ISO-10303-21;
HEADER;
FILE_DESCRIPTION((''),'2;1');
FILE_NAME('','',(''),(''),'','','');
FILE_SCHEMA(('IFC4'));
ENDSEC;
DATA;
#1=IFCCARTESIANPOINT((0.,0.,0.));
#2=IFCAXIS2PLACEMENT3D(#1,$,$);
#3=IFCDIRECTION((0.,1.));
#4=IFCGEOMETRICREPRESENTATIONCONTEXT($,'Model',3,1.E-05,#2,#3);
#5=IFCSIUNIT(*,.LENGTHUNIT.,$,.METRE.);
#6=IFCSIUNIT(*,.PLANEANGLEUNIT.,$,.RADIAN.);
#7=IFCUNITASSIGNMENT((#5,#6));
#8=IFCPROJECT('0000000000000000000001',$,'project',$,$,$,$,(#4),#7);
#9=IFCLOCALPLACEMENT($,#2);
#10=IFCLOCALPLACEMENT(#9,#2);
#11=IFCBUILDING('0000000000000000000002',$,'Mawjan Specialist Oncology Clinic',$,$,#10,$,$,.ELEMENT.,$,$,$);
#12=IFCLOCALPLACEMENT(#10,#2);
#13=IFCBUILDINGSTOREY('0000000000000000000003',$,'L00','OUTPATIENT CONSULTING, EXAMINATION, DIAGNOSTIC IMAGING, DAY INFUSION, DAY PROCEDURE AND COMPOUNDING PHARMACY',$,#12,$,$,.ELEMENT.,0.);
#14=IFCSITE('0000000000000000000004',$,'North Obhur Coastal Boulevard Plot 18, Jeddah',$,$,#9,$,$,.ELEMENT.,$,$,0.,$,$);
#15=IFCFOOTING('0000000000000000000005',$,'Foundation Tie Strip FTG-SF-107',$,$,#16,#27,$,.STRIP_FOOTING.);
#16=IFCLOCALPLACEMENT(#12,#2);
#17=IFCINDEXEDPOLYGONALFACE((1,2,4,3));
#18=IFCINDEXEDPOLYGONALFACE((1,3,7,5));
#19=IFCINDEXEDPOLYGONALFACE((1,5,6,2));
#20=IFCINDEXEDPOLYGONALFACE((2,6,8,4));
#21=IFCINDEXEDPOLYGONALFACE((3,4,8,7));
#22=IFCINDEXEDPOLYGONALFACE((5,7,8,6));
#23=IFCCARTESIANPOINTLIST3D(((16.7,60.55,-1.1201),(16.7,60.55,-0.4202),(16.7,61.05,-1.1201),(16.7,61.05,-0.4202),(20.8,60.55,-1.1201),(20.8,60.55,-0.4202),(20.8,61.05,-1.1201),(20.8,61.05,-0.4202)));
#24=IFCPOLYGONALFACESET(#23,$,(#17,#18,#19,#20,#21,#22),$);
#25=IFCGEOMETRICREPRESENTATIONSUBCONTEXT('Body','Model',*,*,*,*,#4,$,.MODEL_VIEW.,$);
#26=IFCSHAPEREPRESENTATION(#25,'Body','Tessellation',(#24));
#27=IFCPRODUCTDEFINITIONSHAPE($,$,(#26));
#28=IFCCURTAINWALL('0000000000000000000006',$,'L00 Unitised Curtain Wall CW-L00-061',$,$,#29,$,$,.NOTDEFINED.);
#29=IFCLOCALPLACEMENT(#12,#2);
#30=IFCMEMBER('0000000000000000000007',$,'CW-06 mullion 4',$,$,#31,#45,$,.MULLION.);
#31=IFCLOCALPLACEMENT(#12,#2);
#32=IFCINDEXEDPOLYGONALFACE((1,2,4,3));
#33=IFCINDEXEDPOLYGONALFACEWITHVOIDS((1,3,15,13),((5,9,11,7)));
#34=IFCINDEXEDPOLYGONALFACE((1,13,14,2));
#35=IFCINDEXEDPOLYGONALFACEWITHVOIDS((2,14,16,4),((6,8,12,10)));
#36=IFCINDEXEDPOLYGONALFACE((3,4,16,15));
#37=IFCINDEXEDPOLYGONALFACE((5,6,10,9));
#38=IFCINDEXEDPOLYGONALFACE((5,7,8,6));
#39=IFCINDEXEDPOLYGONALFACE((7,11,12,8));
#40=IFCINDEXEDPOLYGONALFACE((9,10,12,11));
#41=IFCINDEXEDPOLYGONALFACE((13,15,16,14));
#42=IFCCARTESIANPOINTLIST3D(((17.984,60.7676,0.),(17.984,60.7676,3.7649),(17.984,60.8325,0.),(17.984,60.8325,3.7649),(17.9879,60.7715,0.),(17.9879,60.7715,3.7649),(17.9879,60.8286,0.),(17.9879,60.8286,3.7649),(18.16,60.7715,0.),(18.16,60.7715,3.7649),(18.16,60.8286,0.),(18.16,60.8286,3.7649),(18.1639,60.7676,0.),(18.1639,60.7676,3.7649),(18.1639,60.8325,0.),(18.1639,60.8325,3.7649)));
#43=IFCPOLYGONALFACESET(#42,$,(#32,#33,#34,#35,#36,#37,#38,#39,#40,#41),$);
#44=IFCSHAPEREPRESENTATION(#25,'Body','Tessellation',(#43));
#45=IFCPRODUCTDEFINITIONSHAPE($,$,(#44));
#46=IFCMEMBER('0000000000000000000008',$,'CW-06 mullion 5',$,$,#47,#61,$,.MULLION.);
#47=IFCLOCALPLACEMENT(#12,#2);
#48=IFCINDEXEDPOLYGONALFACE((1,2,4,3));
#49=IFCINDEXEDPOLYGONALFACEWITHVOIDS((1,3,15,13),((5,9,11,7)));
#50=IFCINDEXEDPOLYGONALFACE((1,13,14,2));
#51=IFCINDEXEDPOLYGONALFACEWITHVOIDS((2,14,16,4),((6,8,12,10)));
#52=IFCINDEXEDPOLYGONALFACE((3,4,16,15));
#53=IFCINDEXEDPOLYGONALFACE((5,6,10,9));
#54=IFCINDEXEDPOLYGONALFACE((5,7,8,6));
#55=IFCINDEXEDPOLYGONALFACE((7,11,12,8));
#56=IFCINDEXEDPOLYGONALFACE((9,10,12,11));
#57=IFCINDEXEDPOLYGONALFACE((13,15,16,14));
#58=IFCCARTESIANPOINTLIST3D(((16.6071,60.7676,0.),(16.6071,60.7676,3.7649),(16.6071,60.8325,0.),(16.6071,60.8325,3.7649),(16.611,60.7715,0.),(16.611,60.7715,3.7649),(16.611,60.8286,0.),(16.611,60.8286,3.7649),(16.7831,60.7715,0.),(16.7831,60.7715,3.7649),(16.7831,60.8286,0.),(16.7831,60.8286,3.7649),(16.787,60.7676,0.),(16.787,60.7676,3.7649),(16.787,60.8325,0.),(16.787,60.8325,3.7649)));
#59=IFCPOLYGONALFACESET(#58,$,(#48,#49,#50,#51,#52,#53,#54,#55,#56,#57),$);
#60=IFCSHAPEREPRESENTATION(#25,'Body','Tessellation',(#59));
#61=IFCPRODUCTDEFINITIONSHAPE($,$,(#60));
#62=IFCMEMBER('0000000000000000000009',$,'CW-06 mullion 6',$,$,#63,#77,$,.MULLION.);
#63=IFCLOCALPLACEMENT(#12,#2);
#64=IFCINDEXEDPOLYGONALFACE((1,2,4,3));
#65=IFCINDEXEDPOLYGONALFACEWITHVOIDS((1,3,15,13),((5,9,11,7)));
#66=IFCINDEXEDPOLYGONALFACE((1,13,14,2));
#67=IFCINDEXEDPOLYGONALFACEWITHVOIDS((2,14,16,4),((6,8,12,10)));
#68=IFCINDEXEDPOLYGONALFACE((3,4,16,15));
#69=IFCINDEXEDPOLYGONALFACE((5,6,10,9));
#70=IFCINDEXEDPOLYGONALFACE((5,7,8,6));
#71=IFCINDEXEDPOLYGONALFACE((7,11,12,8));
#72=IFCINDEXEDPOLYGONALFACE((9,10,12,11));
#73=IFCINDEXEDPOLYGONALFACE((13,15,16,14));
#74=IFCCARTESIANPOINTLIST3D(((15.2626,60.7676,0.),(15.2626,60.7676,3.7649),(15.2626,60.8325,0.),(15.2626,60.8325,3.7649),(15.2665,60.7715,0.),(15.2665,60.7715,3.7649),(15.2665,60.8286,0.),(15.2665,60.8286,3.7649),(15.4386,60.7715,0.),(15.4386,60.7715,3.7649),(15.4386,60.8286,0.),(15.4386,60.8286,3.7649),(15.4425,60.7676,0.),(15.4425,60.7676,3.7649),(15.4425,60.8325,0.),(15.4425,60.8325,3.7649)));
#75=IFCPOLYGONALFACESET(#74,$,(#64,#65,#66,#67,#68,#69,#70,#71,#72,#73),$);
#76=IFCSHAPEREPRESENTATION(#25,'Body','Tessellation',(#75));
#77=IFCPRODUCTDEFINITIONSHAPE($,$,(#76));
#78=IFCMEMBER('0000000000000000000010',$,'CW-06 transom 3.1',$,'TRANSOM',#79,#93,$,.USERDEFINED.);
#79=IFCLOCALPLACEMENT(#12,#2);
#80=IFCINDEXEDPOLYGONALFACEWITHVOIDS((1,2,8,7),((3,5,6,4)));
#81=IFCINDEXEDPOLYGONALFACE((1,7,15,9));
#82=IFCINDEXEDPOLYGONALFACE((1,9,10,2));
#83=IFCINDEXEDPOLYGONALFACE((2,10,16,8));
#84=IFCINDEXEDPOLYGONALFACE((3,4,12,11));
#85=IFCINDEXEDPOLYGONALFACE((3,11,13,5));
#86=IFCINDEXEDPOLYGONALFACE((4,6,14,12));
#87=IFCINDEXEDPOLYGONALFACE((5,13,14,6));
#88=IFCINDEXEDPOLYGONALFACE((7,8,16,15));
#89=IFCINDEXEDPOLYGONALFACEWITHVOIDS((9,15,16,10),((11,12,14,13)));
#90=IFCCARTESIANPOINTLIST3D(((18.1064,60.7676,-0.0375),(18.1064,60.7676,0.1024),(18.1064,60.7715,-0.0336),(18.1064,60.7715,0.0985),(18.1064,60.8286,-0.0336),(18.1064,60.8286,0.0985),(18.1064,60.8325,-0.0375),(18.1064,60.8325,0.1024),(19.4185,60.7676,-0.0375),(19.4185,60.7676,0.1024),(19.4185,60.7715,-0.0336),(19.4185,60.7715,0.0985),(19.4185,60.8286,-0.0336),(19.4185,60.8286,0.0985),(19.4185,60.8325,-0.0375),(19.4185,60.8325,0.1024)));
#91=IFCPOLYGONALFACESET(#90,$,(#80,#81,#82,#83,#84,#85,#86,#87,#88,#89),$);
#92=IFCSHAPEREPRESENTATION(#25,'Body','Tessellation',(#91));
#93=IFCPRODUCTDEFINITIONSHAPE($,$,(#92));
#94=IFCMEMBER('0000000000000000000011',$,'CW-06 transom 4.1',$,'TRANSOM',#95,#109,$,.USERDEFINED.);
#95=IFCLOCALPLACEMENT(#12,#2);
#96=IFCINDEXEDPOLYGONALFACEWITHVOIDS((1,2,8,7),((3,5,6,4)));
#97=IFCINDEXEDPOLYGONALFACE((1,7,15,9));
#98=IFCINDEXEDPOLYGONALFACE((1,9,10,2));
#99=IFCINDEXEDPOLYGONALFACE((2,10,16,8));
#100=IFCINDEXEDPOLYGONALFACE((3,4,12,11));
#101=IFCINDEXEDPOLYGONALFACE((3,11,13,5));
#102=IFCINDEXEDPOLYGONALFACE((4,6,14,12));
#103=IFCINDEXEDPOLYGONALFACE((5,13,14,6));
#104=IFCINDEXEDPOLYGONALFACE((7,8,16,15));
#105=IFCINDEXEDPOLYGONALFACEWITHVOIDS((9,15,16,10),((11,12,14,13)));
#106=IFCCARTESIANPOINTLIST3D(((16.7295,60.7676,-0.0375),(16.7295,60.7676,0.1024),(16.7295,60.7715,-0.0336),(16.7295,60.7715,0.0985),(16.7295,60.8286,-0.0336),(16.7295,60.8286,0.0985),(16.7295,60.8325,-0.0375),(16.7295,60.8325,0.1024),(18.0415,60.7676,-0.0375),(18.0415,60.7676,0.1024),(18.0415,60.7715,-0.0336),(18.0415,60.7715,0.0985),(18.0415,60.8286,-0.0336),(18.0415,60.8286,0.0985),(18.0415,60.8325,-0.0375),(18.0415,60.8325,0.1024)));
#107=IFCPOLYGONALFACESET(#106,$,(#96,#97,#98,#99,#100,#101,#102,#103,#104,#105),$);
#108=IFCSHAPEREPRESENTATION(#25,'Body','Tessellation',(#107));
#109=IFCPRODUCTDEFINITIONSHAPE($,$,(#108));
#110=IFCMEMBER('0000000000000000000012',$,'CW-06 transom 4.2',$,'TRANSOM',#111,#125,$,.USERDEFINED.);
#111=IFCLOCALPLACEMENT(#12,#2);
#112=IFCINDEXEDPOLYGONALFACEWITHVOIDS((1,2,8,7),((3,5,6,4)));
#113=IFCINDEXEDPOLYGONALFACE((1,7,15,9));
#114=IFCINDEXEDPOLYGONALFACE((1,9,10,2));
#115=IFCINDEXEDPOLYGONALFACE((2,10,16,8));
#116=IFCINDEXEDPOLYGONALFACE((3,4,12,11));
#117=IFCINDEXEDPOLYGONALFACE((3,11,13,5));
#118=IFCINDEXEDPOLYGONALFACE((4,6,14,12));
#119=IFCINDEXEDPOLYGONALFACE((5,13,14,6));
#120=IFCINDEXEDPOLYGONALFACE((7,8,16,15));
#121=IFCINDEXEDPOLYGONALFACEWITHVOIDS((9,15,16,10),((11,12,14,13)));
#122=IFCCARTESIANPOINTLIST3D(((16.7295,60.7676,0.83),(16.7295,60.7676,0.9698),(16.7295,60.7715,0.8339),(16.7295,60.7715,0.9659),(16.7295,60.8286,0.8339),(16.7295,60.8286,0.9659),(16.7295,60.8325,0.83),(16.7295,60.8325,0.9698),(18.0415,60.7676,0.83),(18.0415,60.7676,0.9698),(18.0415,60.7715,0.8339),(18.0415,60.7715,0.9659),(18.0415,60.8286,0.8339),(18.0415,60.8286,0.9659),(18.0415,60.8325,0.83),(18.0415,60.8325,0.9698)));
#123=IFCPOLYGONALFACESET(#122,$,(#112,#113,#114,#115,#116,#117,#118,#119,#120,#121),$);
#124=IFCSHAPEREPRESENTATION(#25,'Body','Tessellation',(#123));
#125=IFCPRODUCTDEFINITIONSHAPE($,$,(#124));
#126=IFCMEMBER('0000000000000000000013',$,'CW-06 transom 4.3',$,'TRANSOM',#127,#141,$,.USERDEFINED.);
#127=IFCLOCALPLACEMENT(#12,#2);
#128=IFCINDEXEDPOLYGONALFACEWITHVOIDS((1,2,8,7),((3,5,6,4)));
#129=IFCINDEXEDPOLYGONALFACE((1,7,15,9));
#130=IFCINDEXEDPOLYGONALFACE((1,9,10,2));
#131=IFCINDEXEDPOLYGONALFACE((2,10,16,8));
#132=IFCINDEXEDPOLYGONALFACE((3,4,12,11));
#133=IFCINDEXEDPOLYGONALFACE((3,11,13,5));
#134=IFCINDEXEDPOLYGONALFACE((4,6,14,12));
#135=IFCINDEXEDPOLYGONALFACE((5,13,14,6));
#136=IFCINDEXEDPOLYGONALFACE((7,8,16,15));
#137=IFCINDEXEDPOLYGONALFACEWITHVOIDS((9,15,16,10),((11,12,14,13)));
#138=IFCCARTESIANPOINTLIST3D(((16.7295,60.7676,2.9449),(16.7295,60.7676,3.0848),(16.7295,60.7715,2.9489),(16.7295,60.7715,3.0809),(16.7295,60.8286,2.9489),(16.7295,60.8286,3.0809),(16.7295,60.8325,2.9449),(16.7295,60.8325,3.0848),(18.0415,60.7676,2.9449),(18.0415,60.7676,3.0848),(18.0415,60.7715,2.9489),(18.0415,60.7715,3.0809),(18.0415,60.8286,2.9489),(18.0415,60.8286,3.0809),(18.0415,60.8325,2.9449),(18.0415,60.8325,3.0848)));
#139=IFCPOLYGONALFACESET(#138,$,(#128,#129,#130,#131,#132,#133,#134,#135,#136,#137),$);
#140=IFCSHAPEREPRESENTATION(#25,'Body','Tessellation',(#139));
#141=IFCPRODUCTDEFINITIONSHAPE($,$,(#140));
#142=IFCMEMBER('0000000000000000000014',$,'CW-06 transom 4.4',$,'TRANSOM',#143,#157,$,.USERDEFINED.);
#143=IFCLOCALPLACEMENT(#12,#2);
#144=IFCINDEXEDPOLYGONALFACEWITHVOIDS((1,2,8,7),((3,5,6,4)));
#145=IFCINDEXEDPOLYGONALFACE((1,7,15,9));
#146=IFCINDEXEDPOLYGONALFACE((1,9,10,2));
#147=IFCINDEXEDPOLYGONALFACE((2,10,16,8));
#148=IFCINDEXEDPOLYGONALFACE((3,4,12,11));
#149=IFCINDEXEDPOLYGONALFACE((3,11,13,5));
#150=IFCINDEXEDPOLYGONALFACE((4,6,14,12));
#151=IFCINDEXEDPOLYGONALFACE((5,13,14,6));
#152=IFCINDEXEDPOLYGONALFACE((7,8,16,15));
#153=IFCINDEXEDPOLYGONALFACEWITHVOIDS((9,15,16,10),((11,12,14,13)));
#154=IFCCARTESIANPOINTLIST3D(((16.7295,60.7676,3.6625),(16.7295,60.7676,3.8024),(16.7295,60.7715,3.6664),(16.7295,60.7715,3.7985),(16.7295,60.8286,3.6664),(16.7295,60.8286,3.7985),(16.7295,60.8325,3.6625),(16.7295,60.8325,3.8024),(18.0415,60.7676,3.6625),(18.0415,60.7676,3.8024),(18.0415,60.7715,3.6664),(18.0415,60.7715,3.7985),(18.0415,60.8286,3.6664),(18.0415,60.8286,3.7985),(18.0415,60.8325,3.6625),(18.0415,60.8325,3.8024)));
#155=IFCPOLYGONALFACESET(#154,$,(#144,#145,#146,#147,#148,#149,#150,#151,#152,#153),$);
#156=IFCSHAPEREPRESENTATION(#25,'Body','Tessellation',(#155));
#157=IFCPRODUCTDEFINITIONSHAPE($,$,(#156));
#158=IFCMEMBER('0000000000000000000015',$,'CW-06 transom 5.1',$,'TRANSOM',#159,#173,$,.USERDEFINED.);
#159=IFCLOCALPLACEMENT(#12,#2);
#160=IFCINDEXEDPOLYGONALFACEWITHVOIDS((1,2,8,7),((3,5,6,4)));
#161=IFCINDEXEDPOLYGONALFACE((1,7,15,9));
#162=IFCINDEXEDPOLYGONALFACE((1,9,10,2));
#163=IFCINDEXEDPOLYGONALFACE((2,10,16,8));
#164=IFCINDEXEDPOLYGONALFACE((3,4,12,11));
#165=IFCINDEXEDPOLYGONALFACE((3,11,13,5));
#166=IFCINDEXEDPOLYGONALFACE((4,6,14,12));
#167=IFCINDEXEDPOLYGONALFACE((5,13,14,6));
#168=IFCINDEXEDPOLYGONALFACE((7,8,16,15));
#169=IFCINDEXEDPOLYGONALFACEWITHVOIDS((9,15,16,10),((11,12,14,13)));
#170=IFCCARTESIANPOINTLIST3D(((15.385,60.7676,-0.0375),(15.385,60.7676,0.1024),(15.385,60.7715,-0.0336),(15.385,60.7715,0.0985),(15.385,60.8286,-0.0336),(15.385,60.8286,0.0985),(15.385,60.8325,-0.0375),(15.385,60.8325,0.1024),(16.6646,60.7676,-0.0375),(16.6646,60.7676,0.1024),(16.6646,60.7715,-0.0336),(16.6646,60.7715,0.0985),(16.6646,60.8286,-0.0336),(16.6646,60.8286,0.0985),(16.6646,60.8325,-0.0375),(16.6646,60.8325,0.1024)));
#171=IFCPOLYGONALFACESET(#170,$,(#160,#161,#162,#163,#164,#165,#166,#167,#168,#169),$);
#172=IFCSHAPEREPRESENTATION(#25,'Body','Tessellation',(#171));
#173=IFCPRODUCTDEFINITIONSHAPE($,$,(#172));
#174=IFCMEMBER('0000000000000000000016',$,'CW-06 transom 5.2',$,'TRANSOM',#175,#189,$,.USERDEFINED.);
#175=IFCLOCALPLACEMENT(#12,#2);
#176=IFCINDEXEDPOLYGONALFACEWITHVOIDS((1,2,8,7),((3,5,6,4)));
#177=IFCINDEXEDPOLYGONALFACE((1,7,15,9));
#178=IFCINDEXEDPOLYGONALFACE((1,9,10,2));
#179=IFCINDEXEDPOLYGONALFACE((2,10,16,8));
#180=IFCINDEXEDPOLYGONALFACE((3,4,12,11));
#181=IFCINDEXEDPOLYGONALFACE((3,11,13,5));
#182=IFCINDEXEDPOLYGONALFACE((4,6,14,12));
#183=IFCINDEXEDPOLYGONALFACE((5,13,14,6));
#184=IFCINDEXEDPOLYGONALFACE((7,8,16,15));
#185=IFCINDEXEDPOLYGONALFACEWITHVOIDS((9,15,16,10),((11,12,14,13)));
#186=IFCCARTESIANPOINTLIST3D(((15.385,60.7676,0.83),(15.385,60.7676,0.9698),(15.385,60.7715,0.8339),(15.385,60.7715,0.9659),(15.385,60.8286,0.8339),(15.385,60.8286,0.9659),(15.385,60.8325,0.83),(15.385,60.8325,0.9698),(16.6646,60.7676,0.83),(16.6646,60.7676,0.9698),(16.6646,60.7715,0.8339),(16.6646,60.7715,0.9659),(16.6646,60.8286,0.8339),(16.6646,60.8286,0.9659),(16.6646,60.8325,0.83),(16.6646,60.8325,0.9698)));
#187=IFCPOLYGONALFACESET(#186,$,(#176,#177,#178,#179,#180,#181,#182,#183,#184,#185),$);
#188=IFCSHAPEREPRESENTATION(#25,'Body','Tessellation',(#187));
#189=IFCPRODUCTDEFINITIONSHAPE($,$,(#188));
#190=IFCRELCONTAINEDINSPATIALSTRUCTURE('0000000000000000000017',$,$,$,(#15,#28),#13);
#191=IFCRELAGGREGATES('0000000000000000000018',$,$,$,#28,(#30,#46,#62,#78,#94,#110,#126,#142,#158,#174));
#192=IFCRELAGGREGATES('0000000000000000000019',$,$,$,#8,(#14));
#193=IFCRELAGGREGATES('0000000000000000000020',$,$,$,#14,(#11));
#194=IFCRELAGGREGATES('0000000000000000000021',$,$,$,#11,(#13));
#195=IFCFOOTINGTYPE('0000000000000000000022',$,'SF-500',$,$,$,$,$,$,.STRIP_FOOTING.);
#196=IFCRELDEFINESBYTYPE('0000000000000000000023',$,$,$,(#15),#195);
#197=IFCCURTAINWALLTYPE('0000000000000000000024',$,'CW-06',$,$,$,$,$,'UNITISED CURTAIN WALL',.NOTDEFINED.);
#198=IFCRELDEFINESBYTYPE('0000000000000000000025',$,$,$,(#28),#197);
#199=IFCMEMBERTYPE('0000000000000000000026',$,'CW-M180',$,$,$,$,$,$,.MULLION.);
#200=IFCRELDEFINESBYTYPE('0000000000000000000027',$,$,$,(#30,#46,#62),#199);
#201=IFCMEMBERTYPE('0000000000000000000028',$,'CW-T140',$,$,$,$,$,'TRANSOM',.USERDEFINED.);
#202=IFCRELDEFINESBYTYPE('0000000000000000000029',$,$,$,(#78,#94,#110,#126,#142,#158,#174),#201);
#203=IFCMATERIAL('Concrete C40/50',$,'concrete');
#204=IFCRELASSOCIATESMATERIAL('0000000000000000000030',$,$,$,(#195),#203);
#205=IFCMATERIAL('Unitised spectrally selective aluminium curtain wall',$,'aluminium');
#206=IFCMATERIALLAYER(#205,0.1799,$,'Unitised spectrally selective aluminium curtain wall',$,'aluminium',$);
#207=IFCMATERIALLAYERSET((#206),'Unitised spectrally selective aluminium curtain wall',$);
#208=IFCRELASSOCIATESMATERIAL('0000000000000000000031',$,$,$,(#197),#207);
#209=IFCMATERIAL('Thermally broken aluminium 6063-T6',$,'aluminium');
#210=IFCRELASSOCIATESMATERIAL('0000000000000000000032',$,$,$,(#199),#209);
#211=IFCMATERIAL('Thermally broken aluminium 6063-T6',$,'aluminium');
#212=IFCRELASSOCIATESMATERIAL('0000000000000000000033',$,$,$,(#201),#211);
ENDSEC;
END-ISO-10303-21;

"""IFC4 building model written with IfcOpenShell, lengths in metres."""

from ifc_helpers import new_model, si_unit, direction, frame, origin, origin_2d, place, context, subcontext, project, spatial, rectangle, hollow_rectangle, extrude, material, layer, layer_set, material_profile, profile_set, type_object, element, aggregate, save


model = new_model("IFC4")

# Units and contexts
model_context = context("Model", 3, precision=1e-05, world=origin(), true_north=direction((0.0, 1.0)))
body_context = subcontext(model_context, "Body", "Model", "MODEL_VIEW")
ifc_project = project(units=[si_unit("LENGTHUNIT", "METRE"), si_unit("PLANEANGLEUNIT", "RADIAN")], contexts=[model_context])

# Site, building, storey
site_placement = place(None, origin())
site = spatial("IfcSite", under=ifc_project, at=site_placement, Name="North Obhur Coastal Boulevard Plot 18, Jeddah", CompositionType="ELEMENT", RefElevation=0.0)
building_placement = place(site_placement, origin())
building = spatial("IfcBuilding", under=site, at=building_placement, Name="Mawjan Specialist Oncology Clinic", CompositionType="ELEMENT")
storey_placement = place(building_placement, origin())
storey = spatial("IfcBuildingStorey", under=building, at=storey_placement, Name="L00", Description="OUTPATIENT CONSULTING, EXAMINATION, DIAGNOSTIC IMAGING, DAY INFUSION, DAY PROCEDURE AND COMPOUNDING PHARMACY", CompositionType="ELEMENT", Elevation=0.0)

# Footing
ifc_material_1 = material(Name="Concrete C40/50", Category="concrete")
footing_type = type_object("IfcFootingType", Name="SF-500", PredefinedType="STRIP_FOOTING", material=ifc_material_1)
footing_placement = place(storey_placement, frame((18.75, 60.8, -1.1201), z_axis=(0.0, 0.0, 1.0), x_axis=(1.0, 0.0, 0.0)))
element("IfcFooting", 1, at=footing_placement, inside=storey, type_object=footing_type, Name="Foundation Tie Strip FTG-SF-107", PredefinedType="STRIP_FOOTING", context=body_context, shape_type="SweptSolid", body=[
    extrude(rectangle(XDim=4.1001, YDim=0.5, at=origin_2d()), origin(), (0.0, 0.0, 1.0), 0.7),
])

# Curtain wall, members
ifc_material_2 = material(Name="Unitised spectrally selective aluminium curtain wall", Category="aluminium")
ifc_layer_1 = layer(ifc_material_2, 0.1799, Name="Unitised spectrally selective aluminium curtain wall", Category="aluminium")
ifc_layer_set_1 = layer_set([ifc_layer_1], Name="Unitised spectrally selective aluminium curtain wall")
curtain_wall_type = type_object("IfcCurtainWallType", Name="CW-06", ElementType="UNITISED CURTAIN WALL", PredefinedType="NOTDEFINED", material=ifc_layer_set_1)
curtain_wall_placement = place(storey_placement, origin())
curtain_wall = element("IfcCurtainWall", 2, at=curtain_wall_placement, inside=storey, type_object=curtain_wall_type, Name="L00 Unitised Curtain Wall CW-L00-061", PredefinedType="NOTDEFINED")
ifc_material_3 = material(Name="Thermally broken aluminium 6063-T6", Category="aluminium")
ifc_material_profile_1 = material_profile(ifc_material_3, hollow_rectangle(XDim=0.0649, YDim=0.1799, WallThickness=0.0039, at=origin_2d()), Name="ALU MULLION 180x65x4", Category="aluminium")
ifc_profile_set_1 = profile_set([ifc_material_profile_1], Name="Thermally broken aluminium 6063-T6")
member_type_1 = type_object("IfcMemberType", Name="CW-M180", PredefinedType="MULLION", material=ifc_profile_set_1)
member_1_placement = place(storey_placement, frame((18.074, 60.8, 0.0), z_axis=(0.0, 0.0, 1.0), x_axis=(0.0, -1.0, 0.0)))
member_1 = element("IfcMember", 3, at=member_1_placement, type_object=member_type_1, Name="CW-06 mullion 4", PredefinedType="MULLION", context=body_context, shape_type="SweptSolid", body=[
    extrude(hollow_rectangle(XDim=0.0649, YDim=0.1799, WallThickness=0.0039, at=origin_2d()), origin(), (0.0, 0.0, 1.0), 3.7649),
])
member_2_placement = place(storey_placement, frame((16.697, 60.8, 0.0), z_axis=(0.0, 0.0, 1.0), x_axis=(0.0, -1.0, 0.0)))
member_2 = element("IfcMember", 4, at=member_2_placement, type_object=member_type_1, Name="CW-06 mullion 5", PredefinedType="MULLION", context=body_context, shape_type="SweptSolid", body=[
    extrude(hollow_rectangle(XDim=0.0649, YDim=0.1799, WallThickness=0.0039, at=origin_2d()), origin(), (0.0, 0.0, 1.0), 3.7649),
])
member_3_placement = place(storey_placement, frame((15.3525, 60.8, 0.0), z_axis=(0.0, 0.0, 1.0), x_axis=(0.0, -1.0, 0.0)))
member_3 = element("IfcMember", 5, at=member_3_placement, type_object=member_type_1, Name="CW-06 mullion 6", PredefinedType="MULLION", context=body_context, shape_type="SweptSolid", body=[
    extrude(hollow_rectangle(XDim=0.0649, YDim=0.1799, WallThickness=0.0039, at=origin_2d()), origin(), (0.0, 0.0, 1.0), 3.7649),
])
ifc_material_4 = material(Name="Thermally broken aluminium 6063-T6", Category="aluminium")
ifc_material_profile_2 = material_profile(ifc_material_4, hollow_rectangle(XDim=0.0649, YDim=0.1399, WallThickness=0.0039, at=origin_2d()), Name="ALU TRANSOM 140x65x4", Category="aluminium")
ifc_profile_set_2 = profile_set([ifc_material_profile_2], Name="Thermally broken aluminium 6063-T6")
member_type_2 = type_object("IfcMemberType", Name="CW-T140", ElementType="TRANSOM", PredefinedType="USERDEFINED", material=ifc_profile_set_2)
member_4_placement = place(storey_placement, frame((19.4185, 60.8, 0.0325), z_axis=(-1.0, 0.0, 0.0), x_axis=(0.0, -1.0, 0.0)))
member_4 = element("IfcMember", 6, at=member_4_placement, type_object=member_type_2, Name="CW-06 transom 3.1", ObjectType="TRANSOM", PredefinedType="USERDEFINED", context=body_context, shape_type="SweptSolid", body=[
    extrude(hollow_rectangle(XDim=0.0649, YDim=0.1399, WallThickness=0.0039, at=origin_2d()), origin(), (0.0, 0.0, 1.0), 1.312),
])
member_5_placement = place(storey_placement, frame((18.0415, 60.8, 0.0325), z_axis=(-1.0, 0.0, 0.0), x_axis=(0.0, -1.0, 0.0)))
member_5 = element("IfcMember", 7, at=member_5_placement, type_object=member_type_2, Name="CW-06 transom 4.1", ObjectType="TRANSOM", PredefinedType="USERDEFINED", context=body_context, shape_type="SweptSolid", body=[
    extrude(hollow_rectangle(XDim=0.0649, YDim=0.1399, WallThickness=0.0039, at=origin_2d()), origin(), (0.0, 0.0, 1.0), 1.312),
])
member_6_placement = place(storey_placement, frame((18.0415, 60.8, 0.8999), z_axis=(-1.0, 0.0, 0.0), x_axis=(0.0, -1.0, 0.0)))
member_6 = element("IfcMember", 8, at=member_6_placement, type_object=member_type_2, Name="CW-06 transom 4.2", ObjectType="TRANSOM", PredefinedType="USERDEFINED", context=body_context, shape_type="SweptSolid", body=[
    extrude(hollow_rectangle(XDim=0.0649, YDim=0.1399, WallThickness=0.0039, at=origin_2d()), origin(), (0.0, 0.0, 1.0), 1.312),
])
member_7_placement = place(storey_placement, frame((18.0415, 60.8, 3.0149), z_axis=(-1.0, 0.0, 0.0), x_axis=(0.0, -1.0, 0.0)))
member_7 = element("IfcMember", 9, at=member_7_placement, type_object=member_type_2, Name="CW-06 transom 4.3", ObjectType="TRANSOM", PredefinedType="USERDEFINED", context=body_context, shape_type="SweptSolid", body=[
    extrude(hollow_rectangle(XDim=0.0649, YDim=0.1399, WallThickness=0.0039, at=origin_2d()), origin(), (0.0, 0.0, 1.0), 1.312),
])
member_8_placement = place(storey_placement, frame((18.0415, 60.8, 3.7324), z_axis=(-1.0, 0.0, 0.0), x_axis=(0.0, -1.0, 0.0)))
member_8 = element("IfcMember", 10, at=member_8_placement, type_object=member_type_2, Name="CW-06 transom 4.4", ObjectType="TRANSOM", PredefinedType="USERDEFINED", context=body_context, shape_type="SweptSolid", body=[
    extrude(hollow_rectangle(XDim=0.0649, YDim=0.1399, WallThickness=0.0039, at=origin_2d()), origin(), (0.0, 0.0, 1.0), 1.312),
])
member_9_placement = place(storey_placement, frame((16.6646, 60.8, 0.0325), z_axis=(-1.0, 0.0, 0.0), x_axis=(0.0, -1.0, 0.0)))
member_9 = element("IfcMember", 11, at=member_9_placement, type_object=member_type_2, Name="CW-06 transom 5.1", ObjectType="TRANSOM", PredefinedType="USERDEFINED", context=body_context, shape_type="SweptSolid", body=[
    extrude(hollow_rectangle(XDim=0.0649, YDim=0.1399, WallThickness=0.0039, at=origin_2d()), origin(), (0.0, 0.0, 1.0), 1.2795),
])
member_10_placement = place(storey_placement, frame((16.6646, 60.8, 0.8999), z_axis=(-1.0, 0.0, 0.0), x_axis=(0.0, -1.0, 0.0)))
member_10 = element("IfcMember", 12, at=member_10_placement, type_object=member_type_2, Name="CW-06 transom 5.2", ObjectType="TRANSOM", PredefinedType="USERDEFINED", context=body_context, shape_type="SweptSolid", body=[
    extrude(hollow_rectangle(XDim=0.0649, YDim=0.1399, WallThickness=0.0039, at=origin_2d()), origin(), (0.0, 0.0, 1.0), 1.2795),
])
aggregate(curtain_wall, [member_1, member_2, member_3, member_4, member_5, member_6, member_7, member_8, member_9, member_10])

save(model, "model.ifc")
